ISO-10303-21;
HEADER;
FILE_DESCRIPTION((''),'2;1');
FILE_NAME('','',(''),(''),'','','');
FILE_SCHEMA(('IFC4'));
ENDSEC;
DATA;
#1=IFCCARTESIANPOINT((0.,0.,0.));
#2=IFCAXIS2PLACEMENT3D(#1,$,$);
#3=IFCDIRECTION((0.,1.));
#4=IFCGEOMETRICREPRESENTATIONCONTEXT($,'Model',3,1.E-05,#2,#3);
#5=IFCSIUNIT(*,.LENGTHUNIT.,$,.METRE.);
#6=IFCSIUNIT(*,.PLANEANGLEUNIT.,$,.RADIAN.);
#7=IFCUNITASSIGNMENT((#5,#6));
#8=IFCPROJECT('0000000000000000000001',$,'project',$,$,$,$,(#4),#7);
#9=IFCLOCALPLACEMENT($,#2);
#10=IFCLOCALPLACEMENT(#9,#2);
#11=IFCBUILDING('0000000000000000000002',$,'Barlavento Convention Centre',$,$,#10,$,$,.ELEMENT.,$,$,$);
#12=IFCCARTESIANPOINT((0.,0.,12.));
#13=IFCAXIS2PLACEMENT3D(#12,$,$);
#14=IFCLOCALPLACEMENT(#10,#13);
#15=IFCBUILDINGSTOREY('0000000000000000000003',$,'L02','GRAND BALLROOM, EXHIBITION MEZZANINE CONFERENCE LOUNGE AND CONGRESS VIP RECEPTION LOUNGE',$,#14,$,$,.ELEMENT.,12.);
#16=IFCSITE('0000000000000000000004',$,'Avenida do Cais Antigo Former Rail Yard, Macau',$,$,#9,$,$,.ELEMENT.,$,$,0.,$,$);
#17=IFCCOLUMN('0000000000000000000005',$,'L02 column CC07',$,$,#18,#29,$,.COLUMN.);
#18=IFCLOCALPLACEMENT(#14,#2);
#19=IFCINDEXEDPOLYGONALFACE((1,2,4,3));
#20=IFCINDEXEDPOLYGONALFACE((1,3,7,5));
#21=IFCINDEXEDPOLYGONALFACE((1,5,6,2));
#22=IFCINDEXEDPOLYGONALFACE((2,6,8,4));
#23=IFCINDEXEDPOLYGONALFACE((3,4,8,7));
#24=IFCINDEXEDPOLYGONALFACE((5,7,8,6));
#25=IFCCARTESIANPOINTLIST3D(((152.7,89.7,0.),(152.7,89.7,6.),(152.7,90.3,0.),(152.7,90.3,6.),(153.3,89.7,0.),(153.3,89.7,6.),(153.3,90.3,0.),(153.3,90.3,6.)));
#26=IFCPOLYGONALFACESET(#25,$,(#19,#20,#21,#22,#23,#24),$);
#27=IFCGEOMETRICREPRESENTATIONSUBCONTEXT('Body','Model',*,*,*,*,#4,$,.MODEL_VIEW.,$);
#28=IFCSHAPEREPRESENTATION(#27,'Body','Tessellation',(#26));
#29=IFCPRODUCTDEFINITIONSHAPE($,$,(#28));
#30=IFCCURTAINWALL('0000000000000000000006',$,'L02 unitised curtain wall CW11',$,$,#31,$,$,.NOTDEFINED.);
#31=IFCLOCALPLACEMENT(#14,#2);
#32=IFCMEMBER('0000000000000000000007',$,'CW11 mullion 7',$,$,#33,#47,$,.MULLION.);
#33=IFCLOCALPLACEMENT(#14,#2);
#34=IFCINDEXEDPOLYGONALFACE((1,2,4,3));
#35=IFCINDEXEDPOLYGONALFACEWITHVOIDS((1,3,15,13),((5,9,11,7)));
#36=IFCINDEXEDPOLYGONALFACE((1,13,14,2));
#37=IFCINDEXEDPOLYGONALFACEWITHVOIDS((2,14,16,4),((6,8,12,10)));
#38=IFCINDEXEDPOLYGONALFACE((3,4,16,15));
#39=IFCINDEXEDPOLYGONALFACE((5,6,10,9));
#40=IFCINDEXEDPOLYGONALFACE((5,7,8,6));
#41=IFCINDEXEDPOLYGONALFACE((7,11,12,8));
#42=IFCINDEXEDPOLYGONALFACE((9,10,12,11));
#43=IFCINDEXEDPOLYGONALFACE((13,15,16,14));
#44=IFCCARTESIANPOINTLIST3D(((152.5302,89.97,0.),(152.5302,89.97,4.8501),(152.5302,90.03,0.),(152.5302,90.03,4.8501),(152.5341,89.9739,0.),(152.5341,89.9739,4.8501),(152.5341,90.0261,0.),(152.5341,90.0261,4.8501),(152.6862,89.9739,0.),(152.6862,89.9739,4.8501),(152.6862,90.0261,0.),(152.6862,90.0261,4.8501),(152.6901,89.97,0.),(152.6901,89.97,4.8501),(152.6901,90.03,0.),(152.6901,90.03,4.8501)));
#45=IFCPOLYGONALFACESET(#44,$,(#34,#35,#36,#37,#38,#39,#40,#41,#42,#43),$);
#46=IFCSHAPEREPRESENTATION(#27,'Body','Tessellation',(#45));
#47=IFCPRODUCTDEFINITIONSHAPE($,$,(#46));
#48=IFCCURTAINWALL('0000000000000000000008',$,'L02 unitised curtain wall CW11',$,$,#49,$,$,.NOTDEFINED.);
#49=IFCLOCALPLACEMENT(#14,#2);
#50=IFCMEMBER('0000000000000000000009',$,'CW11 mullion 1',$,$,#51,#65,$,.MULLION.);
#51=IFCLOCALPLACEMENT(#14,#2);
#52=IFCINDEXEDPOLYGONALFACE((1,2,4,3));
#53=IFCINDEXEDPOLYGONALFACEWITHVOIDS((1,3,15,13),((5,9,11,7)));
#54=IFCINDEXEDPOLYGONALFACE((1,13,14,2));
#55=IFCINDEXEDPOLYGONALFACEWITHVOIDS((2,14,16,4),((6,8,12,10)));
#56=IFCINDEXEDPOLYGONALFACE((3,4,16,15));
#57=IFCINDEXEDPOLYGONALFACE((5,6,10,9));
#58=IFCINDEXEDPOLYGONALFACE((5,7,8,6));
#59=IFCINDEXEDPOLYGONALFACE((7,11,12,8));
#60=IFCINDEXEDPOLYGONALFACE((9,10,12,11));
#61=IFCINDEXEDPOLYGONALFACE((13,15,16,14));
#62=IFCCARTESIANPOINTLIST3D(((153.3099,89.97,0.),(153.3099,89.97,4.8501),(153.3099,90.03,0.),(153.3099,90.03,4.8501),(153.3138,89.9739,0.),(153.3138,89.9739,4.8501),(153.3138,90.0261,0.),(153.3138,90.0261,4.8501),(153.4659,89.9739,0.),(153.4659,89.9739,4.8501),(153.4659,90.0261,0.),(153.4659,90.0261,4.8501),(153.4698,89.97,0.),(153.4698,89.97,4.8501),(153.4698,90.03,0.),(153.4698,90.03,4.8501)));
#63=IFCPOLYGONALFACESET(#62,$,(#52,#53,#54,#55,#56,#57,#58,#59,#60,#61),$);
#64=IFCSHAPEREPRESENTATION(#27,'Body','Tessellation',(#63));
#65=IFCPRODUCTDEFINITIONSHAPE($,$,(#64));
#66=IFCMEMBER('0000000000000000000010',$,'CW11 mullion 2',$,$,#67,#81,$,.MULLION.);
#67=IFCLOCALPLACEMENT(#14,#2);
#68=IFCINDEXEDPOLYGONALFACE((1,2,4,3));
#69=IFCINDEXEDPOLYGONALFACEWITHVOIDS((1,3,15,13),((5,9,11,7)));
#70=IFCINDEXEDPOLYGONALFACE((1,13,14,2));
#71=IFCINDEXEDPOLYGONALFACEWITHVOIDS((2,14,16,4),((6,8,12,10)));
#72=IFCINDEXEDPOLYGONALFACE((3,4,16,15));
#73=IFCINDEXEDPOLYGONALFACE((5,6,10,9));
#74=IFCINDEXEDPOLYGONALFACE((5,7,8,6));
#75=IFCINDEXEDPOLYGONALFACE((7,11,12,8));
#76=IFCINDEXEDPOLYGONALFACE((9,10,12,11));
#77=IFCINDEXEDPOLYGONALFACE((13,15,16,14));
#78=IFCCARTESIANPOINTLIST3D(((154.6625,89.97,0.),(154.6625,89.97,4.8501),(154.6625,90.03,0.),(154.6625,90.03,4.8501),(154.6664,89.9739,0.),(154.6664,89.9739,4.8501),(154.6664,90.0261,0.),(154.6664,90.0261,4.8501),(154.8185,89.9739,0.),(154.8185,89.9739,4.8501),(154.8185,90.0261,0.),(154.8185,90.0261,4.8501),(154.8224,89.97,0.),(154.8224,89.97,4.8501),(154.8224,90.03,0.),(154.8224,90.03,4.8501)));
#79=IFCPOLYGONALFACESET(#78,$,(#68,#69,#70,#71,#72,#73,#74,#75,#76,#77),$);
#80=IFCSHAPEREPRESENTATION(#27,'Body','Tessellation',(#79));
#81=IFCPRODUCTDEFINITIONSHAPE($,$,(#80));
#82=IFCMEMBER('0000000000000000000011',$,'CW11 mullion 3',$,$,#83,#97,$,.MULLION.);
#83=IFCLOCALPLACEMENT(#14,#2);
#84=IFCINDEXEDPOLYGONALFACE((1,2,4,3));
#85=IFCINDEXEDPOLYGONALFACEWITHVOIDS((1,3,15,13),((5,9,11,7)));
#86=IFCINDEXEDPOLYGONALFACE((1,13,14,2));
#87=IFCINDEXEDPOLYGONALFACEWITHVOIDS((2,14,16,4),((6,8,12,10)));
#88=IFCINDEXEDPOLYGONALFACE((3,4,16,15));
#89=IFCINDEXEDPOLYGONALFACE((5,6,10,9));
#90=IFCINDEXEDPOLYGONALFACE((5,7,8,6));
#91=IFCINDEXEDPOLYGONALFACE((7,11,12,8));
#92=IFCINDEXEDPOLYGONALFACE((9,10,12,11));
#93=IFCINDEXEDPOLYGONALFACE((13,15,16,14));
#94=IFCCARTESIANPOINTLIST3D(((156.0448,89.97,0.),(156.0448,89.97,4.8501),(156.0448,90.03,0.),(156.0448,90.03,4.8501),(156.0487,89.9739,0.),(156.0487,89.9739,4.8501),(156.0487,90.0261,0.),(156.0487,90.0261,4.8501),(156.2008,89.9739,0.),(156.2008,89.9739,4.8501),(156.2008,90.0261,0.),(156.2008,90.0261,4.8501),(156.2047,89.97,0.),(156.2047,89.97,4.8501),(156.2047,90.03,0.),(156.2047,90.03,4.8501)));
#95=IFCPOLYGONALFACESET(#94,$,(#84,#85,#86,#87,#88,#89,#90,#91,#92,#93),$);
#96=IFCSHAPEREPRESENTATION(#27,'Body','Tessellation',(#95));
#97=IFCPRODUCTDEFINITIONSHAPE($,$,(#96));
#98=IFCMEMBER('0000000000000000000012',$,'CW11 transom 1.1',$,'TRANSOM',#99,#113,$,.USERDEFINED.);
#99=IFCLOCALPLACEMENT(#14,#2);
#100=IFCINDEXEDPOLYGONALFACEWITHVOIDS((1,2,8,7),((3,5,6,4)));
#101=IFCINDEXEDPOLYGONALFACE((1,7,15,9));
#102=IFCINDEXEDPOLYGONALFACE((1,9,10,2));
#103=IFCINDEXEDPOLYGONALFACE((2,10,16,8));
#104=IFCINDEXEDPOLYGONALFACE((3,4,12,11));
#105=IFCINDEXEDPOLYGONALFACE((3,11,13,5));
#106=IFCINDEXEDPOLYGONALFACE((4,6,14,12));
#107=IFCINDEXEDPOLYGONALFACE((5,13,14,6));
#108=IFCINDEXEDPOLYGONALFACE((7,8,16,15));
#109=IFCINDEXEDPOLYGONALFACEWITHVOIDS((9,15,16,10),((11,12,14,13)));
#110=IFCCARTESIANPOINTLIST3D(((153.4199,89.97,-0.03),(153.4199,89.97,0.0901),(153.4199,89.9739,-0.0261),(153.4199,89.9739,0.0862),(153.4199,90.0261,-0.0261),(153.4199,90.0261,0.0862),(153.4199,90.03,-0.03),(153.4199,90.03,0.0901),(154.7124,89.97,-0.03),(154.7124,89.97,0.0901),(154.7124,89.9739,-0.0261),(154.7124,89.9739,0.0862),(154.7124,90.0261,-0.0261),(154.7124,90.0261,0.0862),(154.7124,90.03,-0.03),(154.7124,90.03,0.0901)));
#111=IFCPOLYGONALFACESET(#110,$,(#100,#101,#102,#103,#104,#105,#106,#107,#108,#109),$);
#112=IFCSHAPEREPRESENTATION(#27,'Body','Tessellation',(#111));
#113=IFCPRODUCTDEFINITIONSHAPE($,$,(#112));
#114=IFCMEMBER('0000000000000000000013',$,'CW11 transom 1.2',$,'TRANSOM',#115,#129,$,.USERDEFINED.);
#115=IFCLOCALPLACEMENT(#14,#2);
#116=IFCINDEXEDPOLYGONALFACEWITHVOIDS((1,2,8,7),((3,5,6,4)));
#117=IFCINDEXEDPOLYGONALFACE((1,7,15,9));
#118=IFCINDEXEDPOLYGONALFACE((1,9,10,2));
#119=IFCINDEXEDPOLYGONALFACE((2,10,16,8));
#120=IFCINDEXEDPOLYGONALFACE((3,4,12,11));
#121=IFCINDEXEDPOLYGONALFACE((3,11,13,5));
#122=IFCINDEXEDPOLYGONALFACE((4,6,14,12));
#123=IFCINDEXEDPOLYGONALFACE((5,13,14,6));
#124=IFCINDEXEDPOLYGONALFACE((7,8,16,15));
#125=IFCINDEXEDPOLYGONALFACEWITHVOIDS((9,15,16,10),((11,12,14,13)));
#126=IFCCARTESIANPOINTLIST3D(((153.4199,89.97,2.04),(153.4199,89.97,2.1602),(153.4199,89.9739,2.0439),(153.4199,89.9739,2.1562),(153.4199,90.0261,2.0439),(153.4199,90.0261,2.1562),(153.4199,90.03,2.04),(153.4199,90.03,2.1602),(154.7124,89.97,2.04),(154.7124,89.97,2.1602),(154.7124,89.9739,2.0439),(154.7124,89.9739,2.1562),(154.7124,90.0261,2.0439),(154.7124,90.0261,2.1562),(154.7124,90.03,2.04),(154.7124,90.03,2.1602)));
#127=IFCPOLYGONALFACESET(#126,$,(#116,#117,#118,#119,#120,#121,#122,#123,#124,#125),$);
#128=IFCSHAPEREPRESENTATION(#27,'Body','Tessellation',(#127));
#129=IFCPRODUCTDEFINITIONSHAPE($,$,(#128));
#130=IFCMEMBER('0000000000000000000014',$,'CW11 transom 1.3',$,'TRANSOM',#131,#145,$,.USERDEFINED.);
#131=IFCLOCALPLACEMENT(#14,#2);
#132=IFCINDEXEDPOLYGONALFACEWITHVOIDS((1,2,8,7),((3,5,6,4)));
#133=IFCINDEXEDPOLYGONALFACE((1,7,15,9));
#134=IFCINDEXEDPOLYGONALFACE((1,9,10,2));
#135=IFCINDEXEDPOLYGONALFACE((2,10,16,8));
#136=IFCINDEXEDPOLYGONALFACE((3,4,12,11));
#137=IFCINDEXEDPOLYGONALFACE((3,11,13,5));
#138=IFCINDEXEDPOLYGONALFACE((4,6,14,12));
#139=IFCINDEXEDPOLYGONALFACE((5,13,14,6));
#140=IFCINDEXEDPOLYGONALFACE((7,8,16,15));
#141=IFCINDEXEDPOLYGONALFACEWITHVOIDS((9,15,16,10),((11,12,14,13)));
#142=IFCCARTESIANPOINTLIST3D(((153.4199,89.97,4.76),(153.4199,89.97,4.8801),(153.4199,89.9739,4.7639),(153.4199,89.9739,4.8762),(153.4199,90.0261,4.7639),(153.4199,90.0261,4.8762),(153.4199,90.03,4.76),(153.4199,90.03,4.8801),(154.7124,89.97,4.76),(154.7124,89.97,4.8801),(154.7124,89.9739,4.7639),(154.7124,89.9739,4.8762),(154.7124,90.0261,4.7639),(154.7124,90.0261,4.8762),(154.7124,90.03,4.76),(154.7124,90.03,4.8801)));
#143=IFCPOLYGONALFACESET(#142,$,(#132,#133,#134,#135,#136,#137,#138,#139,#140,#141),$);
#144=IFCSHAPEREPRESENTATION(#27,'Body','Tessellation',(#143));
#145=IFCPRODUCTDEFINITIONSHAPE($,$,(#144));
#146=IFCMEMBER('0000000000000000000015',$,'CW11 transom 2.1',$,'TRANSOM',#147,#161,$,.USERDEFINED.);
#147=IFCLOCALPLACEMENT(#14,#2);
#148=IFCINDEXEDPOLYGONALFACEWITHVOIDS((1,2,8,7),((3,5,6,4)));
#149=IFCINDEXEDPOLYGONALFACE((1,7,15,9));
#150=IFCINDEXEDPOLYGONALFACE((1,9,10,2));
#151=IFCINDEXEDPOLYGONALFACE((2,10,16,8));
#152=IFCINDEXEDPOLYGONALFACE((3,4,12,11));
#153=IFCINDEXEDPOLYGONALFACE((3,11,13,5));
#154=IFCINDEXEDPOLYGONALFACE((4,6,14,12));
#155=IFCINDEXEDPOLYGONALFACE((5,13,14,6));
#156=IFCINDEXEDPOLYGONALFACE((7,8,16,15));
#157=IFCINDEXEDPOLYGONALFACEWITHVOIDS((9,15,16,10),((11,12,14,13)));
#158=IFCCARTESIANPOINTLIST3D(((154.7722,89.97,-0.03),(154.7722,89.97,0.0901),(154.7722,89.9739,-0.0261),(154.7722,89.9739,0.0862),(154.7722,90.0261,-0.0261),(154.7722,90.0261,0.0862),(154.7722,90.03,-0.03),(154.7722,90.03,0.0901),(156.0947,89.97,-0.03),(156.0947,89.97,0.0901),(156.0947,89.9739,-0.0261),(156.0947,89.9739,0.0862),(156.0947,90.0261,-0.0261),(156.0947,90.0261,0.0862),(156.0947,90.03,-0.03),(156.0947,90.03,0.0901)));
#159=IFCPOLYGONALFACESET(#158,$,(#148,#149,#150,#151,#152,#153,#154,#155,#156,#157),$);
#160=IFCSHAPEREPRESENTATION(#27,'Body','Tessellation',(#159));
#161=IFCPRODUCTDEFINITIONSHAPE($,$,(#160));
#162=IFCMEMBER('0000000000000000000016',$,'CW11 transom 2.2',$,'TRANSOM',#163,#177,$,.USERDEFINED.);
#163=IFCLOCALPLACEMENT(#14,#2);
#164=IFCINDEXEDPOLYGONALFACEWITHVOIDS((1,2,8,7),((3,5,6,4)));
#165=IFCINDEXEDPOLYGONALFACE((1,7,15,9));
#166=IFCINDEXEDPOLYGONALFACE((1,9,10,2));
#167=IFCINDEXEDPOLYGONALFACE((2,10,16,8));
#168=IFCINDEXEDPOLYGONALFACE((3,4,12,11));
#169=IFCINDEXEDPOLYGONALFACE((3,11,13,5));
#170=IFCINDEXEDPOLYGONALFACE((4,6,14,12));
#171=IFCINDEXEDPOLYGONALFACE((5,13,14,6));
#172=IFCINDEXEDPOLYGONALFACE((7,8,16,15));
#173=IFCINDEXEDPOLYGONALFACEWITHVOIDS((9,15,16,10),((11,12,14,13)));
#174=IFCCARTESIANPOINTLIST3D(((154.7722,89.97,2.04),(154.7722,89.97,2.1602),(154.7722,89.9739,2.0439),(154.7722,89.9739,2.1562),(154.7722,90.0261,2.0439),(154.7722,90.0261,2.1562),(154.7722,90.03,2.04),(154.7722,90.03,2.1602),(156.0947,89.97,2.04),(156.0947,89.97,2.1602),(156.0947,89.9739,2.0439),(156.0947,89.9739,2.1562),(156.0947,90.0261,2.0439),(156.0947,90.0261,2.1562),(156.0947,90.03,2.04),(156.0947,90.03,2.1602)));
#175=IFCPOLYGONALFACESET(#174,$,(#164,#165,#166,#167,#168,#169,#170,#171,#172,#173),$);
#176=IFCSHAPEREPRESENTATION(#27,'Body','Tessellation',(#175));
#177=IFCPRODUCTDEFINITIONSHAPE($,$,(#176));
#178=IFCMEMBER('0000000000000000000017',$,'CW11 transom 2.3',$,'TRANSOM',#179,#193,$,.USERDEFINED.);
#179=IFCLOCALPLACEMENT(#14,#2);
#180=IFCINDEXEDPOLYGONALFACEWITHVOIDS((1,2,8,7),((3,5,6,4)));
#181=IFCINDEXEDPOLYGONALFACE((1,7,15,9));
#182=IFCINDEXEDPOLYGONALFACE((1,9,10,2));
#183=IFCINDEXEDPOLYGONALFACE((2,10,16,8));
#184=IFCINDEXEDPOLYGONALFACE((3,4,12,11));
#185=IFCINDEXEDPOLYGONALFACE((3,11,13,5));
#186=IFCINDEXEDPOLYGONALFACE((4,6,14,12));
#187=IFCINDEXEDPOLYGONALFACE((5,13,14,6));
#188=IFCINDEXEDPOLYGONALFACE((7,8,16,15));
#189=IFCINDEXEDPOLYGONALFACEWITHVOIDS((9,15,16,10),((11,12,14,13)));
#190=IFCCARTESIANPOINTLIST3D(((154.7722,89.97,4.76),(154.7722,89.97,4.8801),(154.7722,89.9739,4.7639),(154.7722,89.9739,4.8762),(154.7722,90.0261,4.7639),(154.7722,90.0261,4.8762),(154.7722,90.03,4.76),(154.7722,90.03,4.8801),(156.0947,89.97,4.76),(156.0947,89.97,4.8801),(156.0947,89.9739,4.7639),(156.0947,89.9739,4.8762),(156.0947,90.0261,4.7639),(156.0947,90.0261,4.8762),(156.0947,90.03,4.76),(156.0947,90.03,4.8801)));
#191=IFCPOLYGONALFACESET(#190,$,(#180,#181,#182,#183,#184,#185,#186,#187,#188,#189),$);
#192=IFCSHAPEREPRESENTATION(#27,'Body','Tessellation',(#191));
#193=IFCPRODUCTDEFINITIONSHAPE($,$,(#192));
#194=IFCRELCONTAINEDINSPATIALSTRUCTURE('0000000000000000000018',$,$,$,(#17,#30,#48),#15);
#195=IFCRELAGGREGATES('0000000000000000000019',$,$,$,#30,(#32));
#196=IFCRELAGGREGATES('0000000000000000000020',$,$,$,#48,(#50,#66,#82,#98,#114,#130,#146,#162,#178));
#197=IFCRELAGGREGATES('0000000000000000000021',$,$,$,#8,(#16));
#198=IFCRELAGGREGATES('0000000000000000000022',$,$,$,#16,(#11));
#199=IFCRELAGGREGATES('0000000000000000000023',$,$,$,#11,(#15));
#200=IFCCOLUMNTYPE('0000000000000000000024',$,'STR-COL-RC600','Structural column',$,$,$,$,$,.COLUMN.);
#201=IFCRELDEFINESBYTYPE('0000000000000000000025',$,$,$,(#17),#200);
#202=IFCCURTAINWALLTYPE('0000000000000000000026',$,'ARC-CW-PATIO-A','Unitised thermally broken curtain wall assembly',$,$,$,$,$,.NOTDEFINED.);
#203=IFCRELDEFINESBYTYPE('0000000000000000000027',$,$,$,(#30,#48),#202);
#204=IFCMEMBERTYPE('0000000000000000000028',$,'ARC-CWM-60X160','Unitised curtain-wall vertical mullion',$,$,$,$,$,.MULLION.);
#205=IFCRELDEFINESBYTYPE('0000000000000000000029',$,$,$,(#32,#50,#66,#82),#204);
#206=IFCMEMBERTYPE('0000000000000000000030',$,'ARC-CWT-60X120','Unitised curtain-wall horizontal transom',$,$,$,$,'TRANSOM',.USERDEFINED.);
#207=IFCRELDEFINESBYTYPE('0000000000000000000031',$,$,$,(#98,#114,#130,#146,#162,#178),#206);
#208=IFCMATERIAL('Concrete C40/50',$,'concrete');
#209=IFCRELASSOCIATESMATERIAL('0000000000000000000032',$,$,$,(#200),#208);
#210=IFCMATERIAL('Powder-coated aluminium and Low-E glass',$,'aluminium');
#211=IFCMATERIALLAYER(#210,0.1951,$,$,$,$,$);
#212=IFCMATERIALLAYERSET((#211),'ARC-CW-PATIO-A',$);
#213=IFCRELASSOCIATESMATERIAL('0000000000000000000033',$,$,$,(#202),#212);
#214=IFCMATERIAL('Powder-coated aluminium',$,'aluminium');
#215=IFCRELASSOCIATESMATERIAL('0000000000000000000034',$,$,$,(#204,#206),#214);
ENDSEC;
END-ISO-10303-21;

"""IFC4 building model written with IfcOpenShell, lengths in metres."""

from ifc_helpers import new_model, si_unit, direction, frame, origin, origin_2d, place, context, subcontext, project, spatial, rectangle, hollow_rectangle, extrude, material, layer, layer_set, material_profile, profile_set, type_object, element, aggregate, save


model = new_model("IFC4")

# Units and contexts
model_context = context("Model", 3, precision=1e-05, world=origin(), true_north=direction((0.0, 1.0)))
body_context = subcontext(model_context, "Body", "Model", "MODEL_VIEW")
ifc_project = project(units=[si_unit("LENGTHUNIT", "METRE"), si_unit("PLANEANGLEUNIT", "RADIAN")], contexts=[model_context])

# Site, building, storey
site_placement = place(None, origin())
site = spatial("IfcSite", under=ifc_project, at=site_placement, Name="Avenida do Cais Antigo Former Rail Yard, Macau", CompositionType="ELEMENT", RefElevation=0.0)
building_placement = place(site_placement, origin())
building = spatial("IfcBuilding", under=site, at=building_placement, Name="Barlavento Convention Centre", CompositionType="ELEMENT")
storey_placement = place(building_placement, frame((0.0, 0.0, 12.0)))
storey = spatial("IfcBuildingStorey", under=building, at=storey_placement, Name="L02", Description="GRAND BALLROOM, EXHIBITION MEZZANINE CONFERENCE LOUNGE AND CONGRESS VIP RECEPTION LOUNGE", CompositionType="ELEMENT", Elevation=12.0)

# Column
ifc_material_1 = material(Name="Concrete C40/50", Category="concrete")
ifc_material_profile_1 = material_profile(ifc_material_1, rectangle(XDim=0.6001, YDim=0.6001, at=origin_2d()), Name="RC 600x600")
ifc_profile_set_1 = profile_set([ifc_material_profile_1], Name="Concrete C40/50")
column_type = type_object("IfcColumnType", Name="STR-COL-RC600", Description="Structural column", PredefinedType="COLUMN", material=ifc_profile_set_1)
column_placement = place(storey_placement, frame((153.0, 90.0, 0.0), z_axis=(0.0, 0.0, 1.0), x_axis=(1.0, 0.0, 0.0)))
element("IfcColumn", 1, at=column_placement, inside=storey, type_object=column_type, Name="L02 column CC07", PredefinedType="COLUMN", context=body_context, shape_type="SweptSolid", body=[
    extrude(rectangle(XDim=0.6001, YDim=0.6001, at=origin_2d()), origin(), (0.0, 0.0, 1.0), 6.0),
])

# Curtain wall, member
ifc_material_2 = material(Name="Powder-coated aluminium and Low-E glass", Category="aluminium")
ifc_layer_1 = layer(ifc_material_2, 0.1951)
ifc_layer_set_1 = layer_set([ifc_layer_1], Name="ARC-CW-PATIO-A")
curtain_wall_type = type_object("IfcCurtainWallType", Name="ARC-CW-PATIO-A", Description="Unitised thermally broken curtain wall assembly", PredefinedType="NOTDEFINED", material=ifc_layer_set_1)
curtain_wall_1_placement = place(storey_placement, origin())
curtain_wall_1 = element("IfcCurtainWall", 2, at=curtain_wall_1_placement, inside=storey, type_object=curtain_wall_type, Name="L02 unitised curtain wall CW11", PredefinedType="NOTDEFINED")
ifc_material_3 = material(Name="Powder-coated aluminium", Category="aluminium")
ifc_material_profile_2 = material_profile(ifc_material_3, hollow_rectangle(XDim=0.0601, YDim=0.1599, WallThickness=0.0039, at=origin_2d()), Name="AL-MULL 60x160x4")
ifc_profile_set_2 = profile_set([ifc_material_profile_2], Name="Powder-coated aluminium")
member_type_1 = type_object("IfcMemberType", Name="ARC-CWM-60X160", Description="Unitised curtain-wall vertical mullion", PredefinedType="MULLION", material=ifc_profile_set_2)
member_1_placement = place(storey_placement, frame((152.6101, 90.0, 0.0), z_axis=(0.0, 0.0, 1.0), x_axis=(0.0, 1.0, 0.0)))
member_1 = element("IfcMember", 3, at=member_1_placement, type_object=member_type_1, Name="CW11 mullion 7", PredefinedType="MULLION", context=body_context, shape_type="SweptSolid", body=[
    extrude(hollow_rectangle(XDim=0.0601, YDim=0.1599, WallThickness=0.0039, at=origin_2d()), origin(), (0.0, 0.0, 1.0), 4.8501),
])

# Curtain wall, members
curtain_wall_2_placement = place(storey_placement, origin())
curtain_wall_2 = element("IfcCurtainWall", 4, at=curtain_wall_2_placement, inside=storey, type_object=curtain_wall_type, Name="L02 unitised curtain wall CW11", PredefinedType="NOTDEFINED")
member_2_placement = place(storey_placement, frame((153.3899, 90.0, 0.0), z_axis=(0.0, 0.0, 1.0), x_axis=(0.0, 1.0, 0.0)))
member_2 = element("IfcMember", 5, at=member_2_placement, type_object=member_type_1, Name="CW11 mullion 1", PredefinedType="MULLION", context=body_context, shape_type="SweptSolid", body=[
    extrude(hollow_rectangle(XDim=0.0601, YDim=0.1599, WallThickness=0.0039, at=origin_2d()), origin(), (0.0, 0.0, 1.0), 4.8501),
])
member_3_placement = place(storey_placement, frame((154.7424, 90.0, 0.0), z_axis=(0.0, 0.0, 1.0), x_axis=(0.0, 1.0, 0.0)))
member_3 = element("IfcMember", 6, at=member_3_placement, type_object=member_type_1, Name="CW11 mullion 2", PredefinedType="MULLION", context=body_context, shape_type="SweptSolid", body=[
    extrude(hollow_rectangle(XDim=0.0601, YDim=0.1599, WallThickness=0.0039, at=origin_2d()), origin(), (0.0, 0.0, 1.0), 4.8501),
])
member_4_placement = place(storey_placement, frame((156.1248, 90.0, 0.0), z_axis=(0.0, 0.0, 1.0), x_axis=(0.0, 1.0, 0.0)))
member_4 = element("IfcMember", 7, at=member_4_placement, type_object=member_type_1, Name="CW11 mullion 3", PredefinedType="MULLION", context=body_context, shape_type="SweptSolid", body=[
    extrude(hollow_rectangle(XDim=0.0601, YDim=0.1599, WallThickness=0.0039, at=origin_2d()), origin(), (0.0, 0.0, 1.0), 4.8501),
])
ifc_material_profile_3 = material_profile(ifc_material_3, hollow_rectangle(XDim=0.0601, YDim=0.1201, WallThickness=0.0039, at=origin_2d()), Name="AL-TRAN 60x120x4")
ifc_profile_set_3 = profile_set([ifc_material_profile_3], Name="Powder-coated aluminium")
member_type_2 = type_object("IfcMemberType", Name="ARC-CWT-60X120", Description="Unitised curtain-wall horizontal transom", ElementType="TRANSOM", PredefinedType="USERDEFINED", material=ifc_profile_set_3)
member_5_placement = place(storey_placement, frame((153.4199, 90.0, 0.03), z_axis=(1.0, 0.0, 0.0), x_axis=(0.0, 1.0, 0.0)))
member_5 = element("IfcMember", 8, at=member_5_placement, type_object=member_type_2, Name="CW11 transom 1.1", ObjectType="TRANSOM", PredefinedType="USERDEFINED", context=body_context, shape_type="SweptSolid", body=[
    extrude(hollow_rectangle(XDim=0.0601, YDim=0.1201, WallThickness=0.0039, at=origin_2d()), origin(), (0.0, 0.0, 1.0), 1.2925),
])
member_6_placement = place(storey_placement, frame((153.4199, 90.0, 2.1001), z_axis=(1.0, 0.0, 0.0), x_axis=(0.0, 1.0, 0.0)))
member_6 = element("IfcMember", 9, at=member_6_placement, type_object=member_type_2, Name="CW11 transom 1.2", ObjectType="TRANSOM", PredefinedType="USERDEFINED", context=body_context, shape_type="SweptSolid", body=[
    extrude(hollow_rectangle(XDim=0.0601, YDim=0.1201, WallThickness=0.0039, at=origin_2d()), origin(), (0.0, 0.0, 1.0), 1.2925),
])
member_7_placement = place(storey_placement, frame((153.4199, 90.0, 4.8201), z_axis=(1.0, 0.0, 0.0), x_axis=(0.0, 1.0, 0.0)))
member_7 = element("IfcMember", 10, at=member_7_placement, type_object=member_type_2, Name="CW11 transom 1.3", ObjectType="TRANSOM", PredefinedType="USERDEFINED", context=body_context, shape_type="SweptSolid", body=[
    extrude(hollow_rectangle(XDim=0.0601, YDim=0.1201, WallThickness=0.0039, at=origin_2d()), origin(), (0.0, 0.0, 1.0), 1.2925),
])
member_8_placement = place(storey_placement, frame((154.7722, 90.0, 0.03), z_axis=(1.0, 0.0, 0.0), x_axis=(0.0, 1.0, 0.0)))
member_8 = element("IfcMember", 11, at=member_8_placement, type_object=member_type_2, Name="CW11 transom 2.1", ObjectType="TRANSOM", PredefinedType="USERDEFINED", context=body_context, shape_type="SweptSolid", body=[
    extrude(hollow_rectangle(XDim=0.0601, YDim=0.1201, WallThickness=0.0039, at=origin_2d()), origin(), (0.0, 0.0, 1.0), 1.3225),
])
member_9_placement = place(storey_placement, frame((154.7722, 90.0, 2.1001), z_axis=(1.0, 0.0, 0.0), x_axis=(0.0, 1.0, 0.0)))
member_9 = element("IfcMember", 12, at=member_9_placement, type_object=member_type_2, Name="CW11 transom 2.2", ObjectType="TRANSOM", PredefinedType="USERDEFINED", context=body_context, shape_type="SweptSolid", body=[
    extrude(hollow_rectangle(XDim=0.0601, YDim=0.1201, WallThickness=0.0039, at=origin_2d()), origin(), (0.0, 0.0, 1.0), 1.3225),
])
member_10_placement = place(storey_placement, frame((154.7722, 90.0, 4.8201), z_axis=(1.0, 0.0, 0.0), x_axis=(0.0, 1.0, 0.0)))
member_10 = element("IfcMember", 13, at=member_10_placement, type_object=member_type_2, Name="CW11 transom 2.3", ObjectType="TRANSOM", PredefinedType="USERDEFINED", context=body_context, shape_type="SweptSolid", body=[
    extrude(hollow_rectangle(XDim=0.0601, YDim=0.1201, WallThickness=0.0039, at=origin_2d()), origin(), (0.0, 0.0, 1.0), 1.3225),
])

aggregate(curtain_wall_1, [member_1])
aggregate(curtain_wall_2, [member_2, member_3, member_4, member_5, member_6, member_7, member_8, member_9, member_10])

save(model, "model.ifc")
